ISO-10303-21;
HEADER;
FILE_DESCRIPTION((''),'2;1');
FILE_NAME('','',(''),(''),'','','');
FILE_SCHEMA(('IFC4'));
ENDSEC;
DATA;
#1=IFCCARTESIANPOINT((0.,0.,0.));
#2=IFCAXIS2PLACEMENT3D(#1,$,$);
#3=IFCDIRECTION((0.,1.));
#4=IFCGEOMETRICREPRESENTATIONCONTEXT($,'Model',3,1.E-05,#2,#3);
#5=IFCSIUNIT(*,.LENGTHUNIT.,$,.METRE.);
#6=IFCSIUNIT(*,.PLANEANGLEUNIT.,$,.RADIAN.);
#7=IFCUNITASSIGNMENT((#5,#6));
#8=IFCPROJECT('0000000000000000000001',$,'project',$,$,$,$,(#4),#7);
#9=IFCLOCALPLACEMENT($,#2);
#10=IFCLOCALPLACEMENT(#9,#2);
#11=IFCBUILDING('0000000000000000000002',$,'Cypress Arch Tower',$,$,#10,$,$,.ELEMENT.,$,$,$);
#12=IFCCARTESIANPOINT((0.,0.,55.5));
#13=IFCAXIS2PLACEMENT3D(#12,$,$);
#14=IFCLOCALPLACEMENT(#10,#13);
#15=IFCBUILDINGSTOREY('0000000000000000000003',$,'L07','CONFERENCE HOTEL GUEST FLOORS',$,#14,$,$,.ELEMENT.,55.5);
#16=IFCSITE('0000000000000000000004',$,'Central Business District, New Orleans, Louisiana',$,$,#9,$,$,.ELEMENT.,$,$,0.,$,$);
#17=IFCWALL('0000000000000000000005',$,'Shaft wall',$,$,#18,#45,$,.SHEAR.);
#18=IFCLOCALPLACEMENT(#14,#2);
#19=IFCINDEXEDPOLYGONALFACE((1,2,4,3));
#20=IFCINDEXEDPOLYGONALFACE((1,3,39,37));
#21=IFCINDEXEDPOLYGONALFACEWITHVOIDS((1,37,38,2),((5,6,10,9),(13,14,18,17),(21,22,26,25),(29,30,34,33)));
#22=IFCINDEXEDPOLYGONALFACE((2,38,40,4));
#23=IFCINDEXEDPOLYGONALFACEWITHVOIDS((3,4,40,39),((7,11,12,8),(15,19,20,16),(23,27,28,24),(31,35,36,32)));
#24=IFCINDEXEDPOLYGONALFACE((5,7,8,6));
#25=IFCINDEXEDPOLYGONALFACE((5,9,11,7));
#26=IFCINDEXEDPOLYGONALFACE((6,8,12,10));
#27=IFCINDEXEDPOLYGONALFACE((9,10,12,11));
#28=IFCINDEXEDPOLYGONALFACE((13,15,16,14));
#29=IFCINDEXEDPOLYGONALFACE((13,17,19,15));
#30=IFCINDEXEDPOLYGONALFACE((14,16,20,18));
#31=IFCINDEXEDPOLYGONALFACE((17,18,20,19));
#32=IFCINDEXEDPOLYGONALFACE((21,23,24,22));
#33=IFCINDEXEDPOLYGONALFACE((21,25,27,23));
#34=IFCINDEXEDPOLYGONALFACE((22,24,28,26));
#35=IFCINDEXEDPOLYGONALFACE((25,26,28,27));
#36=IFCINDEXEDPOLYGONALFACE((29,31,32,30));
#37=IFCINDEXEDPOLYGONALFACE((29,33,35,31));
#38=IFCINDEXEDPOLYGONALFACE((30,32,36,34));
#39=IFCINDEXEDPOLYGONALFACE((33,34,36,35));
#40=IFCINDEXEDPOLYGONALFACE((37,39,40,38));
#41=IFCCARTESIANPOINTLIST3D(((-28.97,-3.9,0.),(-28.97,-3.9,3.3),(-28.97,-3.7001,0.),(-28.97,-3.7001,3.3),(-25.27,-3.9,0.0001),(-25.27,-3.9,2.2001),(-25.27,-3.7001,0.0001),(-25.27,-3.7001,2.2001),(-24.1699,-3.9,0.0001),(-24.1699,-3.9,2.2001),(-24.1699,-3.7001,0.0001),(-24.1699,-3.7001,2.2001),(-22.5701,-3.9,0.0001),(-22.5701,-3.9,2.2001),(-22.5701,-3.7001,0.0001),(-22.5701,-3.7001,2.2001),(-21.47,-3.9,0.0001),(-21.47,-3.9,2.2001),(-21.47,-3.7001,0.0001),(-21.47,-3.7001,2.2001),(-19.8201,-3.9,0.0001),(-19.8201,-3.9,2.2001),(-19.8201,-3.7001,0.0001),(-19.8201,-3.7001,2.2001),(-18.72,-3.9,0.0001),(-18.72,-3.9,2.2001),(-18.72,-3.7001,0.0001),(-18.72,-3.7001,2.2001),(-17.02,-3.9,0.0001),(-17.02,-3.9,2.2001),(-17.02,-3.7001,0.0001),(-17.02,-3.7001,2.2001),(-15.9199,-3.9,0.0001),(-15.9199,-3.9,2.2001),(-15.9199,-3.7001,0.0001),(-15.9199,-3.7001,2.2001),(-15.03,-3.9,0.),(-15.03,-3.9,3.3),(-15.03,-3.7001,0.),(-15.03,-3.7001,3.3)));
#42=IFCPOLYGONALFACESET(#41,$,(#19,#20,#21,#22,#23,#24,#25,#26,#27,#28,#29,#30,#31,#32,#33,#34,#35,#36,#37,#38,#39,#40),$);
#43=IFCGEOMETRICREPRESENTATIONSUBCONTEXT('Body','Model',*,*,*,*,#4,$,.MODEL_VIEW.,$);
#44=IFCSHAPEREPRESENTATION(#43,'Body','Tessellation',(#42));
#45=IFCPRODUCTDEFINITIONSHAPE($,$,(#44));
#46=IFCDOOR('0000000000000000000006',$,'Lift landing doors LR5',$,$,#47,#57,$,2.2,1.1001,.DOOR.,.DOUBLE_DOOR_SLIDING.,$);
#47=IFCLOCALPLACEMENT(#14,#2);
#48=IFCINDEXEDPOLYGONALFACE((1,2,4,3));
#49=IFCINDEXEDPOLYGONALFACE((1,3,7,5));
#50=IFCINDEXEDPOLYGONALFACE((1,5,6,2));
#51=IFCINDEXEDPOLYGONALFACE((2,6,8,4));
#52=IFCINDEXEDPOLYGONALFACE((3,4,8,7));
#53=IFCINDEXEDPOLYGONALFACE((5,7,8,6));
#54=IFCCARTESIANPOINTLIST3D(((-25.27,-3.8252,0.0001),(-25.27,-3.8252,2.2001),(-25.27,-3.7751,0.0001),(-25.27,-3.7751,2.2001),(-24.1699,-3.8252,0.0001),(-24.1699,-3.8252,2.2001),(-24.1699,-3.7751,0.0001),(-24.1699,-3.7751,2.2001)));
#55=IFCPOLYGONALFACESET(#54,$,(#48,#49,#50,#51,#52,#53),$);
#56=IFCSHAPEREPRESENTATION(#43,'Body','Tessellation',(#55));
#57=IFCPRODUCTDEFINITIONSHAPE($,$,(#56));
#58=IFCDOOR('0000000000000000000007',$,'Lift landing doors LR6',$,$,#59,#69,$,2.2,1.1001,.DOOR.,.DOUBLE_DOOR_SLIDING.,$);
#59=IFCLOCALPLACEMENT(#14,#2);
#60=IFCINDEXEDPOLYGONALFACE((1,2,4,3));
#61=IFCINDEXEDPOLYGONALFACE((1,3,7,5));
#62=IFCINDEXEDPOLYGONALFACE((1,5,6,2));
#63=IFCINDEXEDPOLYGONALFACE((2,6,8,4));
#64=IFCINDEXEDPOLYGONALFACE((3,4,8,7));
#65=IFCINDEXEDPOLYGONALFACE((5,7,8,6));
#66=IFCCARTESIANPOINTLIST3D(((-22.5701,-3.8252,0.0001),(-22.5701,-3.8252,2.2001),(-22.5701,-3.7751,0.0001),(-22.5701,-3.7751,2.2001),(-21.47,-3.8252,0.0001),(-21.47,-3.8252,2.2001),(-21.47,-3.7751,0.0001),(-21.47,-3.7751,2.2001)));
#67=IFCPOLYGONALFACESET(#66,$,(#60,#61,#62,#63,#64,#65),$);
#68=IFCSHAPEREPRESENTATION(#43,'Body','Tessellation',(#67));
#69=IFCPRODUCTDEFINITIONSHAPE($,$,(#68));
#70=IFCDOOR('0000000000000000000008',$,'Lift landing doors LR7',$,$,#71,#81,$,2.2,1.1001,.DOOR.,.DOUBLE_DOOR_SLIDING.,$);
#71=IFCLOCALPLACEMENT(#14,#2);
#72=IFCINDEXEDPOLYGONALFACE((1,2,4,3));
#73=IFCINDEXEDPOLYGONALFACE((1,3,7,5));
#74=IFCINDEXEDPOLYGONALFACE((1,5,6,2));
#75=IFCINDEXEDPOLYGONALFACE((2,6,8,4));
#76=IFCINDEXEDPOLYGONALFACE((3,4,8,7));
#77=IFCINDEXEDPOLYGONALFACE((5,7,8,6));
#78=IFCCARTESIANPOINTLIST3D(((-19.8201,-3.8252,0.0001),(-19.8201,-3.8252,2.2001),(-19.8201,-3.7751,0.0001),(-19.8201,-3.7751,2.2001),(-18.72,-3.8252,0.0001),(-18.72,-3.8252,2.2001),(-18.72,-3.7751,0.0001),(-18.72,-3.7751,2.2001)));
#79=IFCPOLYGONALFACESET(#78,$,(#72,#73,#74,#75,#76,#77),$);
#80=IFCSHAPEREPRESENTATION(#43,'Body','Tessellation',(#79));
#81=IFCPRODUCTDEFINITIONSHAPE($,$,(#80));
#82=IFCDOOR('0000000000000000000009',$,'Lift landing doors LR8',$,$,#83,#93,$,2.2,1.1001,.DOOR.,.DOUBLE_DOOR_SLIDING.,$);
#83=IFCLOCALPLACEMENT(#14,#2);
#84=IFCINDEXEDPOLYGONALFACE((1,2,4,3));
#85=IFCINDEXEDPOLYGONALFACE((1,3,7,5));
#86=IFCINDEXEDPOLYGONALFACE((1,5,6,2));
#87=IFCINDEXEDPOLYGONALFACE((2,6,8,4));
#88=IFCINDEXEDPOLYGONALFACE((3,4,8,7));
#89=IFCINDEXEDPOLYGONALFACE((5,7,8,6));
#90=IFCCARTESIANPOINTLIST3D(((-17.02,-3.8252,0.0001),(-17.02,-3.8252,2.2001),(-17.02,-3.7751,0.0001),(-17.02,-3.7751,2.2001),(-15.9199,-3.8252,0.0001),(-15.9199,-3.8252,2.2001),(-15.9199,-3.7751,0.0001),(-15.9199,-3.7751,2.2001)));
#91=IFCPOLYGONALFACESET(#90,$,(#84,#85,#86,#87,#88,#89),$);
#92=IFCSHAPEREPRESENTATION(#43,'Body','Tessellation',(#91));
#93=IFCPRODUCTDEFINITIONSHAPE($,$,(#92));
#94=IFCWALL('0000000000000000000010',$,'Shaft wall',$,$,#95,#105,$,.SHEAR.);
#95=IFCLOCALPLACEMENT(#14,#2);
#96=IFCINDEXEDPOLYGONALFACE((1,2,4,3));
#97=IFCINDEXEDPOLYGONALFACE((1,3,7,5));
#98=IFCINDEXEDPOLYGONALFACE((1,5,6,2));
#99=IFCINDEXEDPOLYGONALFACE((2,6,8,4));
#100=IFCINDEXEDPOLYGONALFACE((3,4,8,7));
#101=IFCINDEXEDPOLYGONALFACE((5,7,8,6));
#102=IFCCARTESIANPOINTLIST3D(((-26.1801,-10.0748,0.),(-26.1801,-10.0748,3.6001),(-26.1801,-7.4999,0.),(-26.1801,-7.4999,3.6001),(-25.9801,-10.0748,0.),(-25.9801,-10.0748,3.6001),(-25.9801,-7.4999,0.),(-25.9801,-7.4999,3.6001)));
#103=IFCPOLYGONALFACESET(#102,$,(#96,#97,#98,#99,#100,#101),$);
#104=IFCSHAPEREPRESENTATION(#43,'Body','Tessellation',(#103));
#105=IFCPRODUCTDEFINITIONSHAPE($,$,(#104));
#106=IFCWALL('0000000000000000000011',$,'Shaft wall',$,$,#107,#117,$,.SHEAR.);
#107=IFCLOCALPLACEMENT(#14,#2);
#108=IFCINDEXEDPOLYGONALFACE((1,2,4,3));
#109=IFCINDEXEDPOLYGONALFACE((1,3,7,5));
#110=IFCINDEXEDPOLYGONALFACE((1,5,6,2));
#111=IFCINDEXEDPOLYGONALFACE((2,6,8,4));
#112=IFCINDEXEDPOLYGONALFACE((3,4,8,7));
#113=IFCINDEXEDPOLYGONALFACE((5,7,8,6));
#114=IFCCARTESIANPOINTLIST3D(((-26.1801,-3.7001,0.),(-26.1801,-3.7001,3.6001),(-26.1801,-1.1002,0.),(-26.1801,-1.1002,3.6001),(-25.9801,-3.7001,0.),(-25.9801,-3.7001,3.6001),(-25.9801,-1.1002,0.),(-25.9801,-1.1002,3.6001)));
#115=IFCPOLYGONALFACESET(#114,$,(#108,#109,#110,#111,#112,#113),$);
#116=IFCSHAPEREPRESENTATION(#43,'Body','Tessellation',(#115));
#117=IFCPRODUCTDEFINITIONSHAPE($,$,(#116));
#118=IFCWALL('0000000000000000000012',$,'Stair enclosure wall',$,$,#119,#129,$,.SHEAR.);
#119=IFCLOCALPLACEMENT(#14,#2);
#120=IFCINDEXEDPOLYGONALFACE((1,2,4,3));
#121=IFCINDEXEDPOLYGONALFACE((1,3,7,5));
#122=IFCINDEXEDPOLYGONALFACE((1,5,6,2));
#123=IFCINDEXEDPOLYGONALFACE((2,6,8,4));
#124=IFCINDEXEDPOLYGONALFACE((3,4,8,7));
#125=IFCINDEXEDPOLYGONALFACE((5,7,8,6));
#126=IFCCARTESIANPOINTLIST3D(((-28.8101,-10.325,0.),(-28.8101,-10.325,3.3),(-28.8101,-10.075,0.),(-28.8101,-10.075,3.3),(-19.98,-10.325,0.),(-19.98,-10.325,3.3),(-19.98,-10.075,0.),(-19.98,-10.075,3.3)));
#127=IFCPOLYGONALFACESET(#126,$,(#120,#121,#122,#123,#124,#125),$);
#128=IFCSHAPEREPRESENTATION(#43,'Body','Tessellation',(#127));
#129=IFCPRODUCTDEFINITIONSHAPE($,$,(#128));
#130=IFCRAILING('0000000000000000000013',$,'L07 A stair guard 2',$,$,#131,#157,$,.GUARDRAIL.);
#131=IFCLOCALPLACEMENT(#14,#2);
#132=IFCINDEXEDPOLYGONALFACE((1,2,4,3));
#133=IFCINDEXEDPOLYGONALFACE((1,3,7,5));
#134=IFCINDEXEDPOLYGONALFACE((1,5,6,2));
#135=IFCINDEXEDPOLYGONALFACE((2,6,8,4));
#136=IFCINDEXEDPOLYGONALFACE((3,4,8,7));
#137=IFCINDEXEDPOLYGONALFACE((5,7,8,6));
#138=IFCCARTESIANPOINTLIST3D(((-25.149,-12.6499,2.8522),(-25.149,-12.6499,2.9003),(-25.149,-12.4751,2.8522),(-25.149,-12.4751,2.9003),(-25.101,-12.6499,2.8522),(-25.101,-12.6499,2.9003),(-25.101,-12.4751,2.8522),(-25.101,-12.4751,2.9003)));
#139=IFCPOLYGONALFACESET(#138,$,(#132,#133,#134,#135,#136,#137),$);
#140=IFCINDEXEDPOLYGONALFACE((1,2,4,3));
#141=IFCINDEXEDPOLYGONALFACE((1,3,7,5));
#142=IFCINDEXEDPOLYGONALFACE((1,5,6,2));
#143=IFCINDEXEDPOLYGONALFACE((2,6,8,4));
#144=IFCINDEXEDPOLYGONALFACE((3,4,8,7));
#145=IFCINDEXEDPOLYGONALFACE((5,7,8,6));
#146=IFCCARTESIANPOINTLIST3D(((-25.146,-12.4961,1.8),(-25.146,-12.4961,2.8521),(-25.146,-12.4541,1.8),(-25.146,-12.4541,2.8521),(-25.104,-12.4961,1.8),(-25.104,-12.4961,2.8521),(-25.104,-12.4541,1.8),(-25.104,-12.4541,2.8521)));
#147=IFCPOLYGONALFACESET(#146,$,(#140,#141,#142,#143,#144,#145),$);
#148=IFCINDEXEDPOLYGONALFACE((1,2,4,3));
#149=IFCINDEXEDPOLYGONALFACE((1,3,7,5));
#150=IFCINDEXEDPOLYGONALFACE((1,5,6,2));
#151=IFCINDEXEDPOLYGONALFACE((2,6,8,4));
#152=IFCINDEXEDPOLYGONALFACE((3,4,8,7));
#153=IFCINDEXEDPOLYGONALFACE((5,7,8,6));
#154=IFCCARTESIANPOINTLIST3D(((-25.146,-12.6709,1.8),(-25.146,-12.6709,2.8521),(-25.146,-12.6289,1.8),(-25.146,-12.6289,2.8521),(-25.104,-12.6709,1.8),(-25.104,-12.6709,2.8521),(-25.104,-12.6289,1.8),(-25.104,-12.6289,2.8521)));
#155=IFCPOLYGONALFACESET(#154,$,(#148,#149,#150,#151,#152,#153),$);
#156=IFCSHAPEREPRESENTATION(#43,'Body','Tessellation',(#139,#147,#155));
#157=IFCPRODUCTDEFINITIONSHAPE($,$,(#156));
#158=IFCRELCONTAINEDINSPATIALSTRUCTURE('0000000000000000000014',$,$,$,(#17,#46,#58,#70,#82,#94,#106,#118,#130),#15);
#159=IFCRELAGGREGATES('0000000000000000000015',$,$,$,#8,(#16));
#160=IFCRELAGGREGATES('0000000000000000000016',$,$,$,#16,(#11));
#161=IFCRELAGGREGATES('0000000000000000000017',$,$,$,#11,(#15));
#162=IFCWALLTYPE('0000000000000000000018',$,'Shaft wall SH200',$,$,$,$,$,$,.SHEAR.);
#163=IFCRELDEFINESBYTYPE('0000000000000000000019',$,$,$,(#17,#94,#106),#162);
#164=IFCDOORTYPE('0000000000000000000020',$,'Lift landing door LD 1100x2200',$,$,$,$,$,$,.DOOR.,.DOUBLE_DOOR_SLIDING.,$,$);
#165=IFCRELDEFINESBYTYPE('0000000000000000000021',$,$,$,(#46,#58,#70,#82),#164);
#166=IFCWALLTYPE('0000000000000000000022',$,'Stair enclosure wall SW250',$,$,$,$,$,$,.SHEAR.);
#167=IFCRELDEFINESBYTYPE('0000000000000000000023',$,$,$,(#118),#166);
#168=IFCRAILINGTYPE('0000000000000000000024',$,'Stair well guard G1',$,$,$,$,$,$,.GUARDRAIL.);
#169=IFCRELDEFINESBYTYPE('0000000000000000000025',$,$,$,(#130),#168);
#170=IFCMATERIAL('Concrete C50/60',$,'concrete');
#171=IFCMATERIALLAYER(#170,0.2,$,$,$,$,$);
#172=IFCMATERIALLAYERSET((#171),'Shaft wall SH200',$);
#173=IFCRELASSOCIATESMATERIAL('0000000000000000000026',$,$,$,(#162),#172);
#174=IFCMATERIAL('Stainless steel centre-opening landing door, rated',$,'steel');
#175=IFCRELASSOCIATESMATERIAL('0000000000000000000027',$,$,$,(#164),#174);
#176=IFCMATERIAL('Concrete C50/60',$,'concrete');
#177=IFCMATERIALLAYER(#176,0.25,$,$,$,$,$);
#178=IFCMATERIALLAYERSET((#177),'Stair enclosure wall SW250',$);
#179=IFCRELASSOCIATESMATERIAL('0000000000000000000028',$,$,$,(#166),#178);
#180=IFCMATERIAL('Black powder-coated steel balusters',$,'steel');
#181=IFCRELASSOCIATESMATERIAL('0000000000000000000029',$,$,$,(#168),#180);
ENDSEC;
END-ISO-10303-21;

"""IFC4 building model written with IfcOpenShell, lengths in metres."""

from ifc_helpers import new_model, si_unit, direction, frame, frame_2d, origin, origin_2d, place, context, subcontext, project, spatial, rectangle, extrude, material, layer, layer_set, type_object, element, fill, save


model = new_model("IFC4")

# Units and contexts
model_context = context("Model", 3, precision=1e-05, world=origin(), true_north=direction((0.0, 1.0)))
body_context = subcontext(model_context, "Body", "Model", "MODEL_VIEW")
ifc_project = project(units=[si_unit("LENGTHUNIT", "METRE"), si_unit("PLANEANGLEUNIT", "RADIAN")], contexts=[model_context])

# Site, building, storey
site_placement = place(None, origin())
site = spatial("IfcSite", under=ifc_project, at=site_placement, Name="Central Business District, New Orleans, Louisiana", CompositionType="ELEMENT", RefElevation=0.0)
building_placement = place(site_placement, origin())
building = spatial("IfcBuilding", under=site, at=building_placement, Name="Cypress Arch Tower", CompositionType="ELEMENT")
storey_placement = place(building_placement, frame((0.0, 0.0, 55.5)))
storey = spatial("IfcBuildingStorey", under=building, at=storey_placement, Name="L07", Description="CONFERENCE HOTEL GUEST FLOORS", CompositionType="ELEMENT", Elevation=55.5)

# Wall, openings, doors
ifc_material_1 = material(Name="Concrete C50/60", Category="concrete")
ifc_layer_1 = layer(ifc_material_1, 0.2)
ifc_layer_set_1 = layer_set([ifc_layer_1], Name="Shaft wall SH200")
wall_type_1 = type_object("IfcWallType", Name="Shaft wall SH200", PredefinedType="SHEAR", material=ifc_layer_set_1)
ifc_material_2 = material(Name="Stainless steel centre-opening landing door, rated", Category="steel")
door_type_1 = type_object("IfcDoorType", Name="Lift landing door LD 1100x2200", OperationType="DOUBLE_DOOR_SLIDING", PredefinedType="DOOR", material=ifc_material_2)
wall_1_placement = place(storey_placement, frame((-28.97, -3.8, 0.0), z_axis=(0.0, 0.0, 1.0), x_axis=(1.0, 0.0, 0.0)))
wall_1 = element("IfcWall", 1, at=wall_1_placement, inside=storey, type_object=wall_type_1, Name="Shaft wall", PredefinedType="SHEAR", context=body_context, shape_type="SweptSolid", body=[
    extrude(rectangle(XDim=13.9399, YDim=0.2, at=frame_2d((6.97, 0.0))), origin(), (0.0, 0.0, 1.0), 3.3),
])
opening_1_placement = place(wall_1_placement, frame((3.7, 0.0, 0.0)))
opening_1 = element("IfcOpeningElement", 2, at=opening_1_placement, cuts=wall_1, PredefinedType="OPENING", context=body_context, shape_type="SweptSolid", body=[
    extrude(rectangle(XDim=1.1001, YDim=2.2, at=frame_2d((0.55, 1.1001))), frame((0.0, 0.1099, 0.0), z_axis=(0.0, -1.0, 0.0), x_axis=(1.0, 0.0, 0.0)), (0.0, 0.0, 1.0), 0.22),
])
opening_2_placement = place(wall_1_placement, frame((6.3999, 0.0, 0.0)))
opening_2 = element("IfcOpeningElement", 3, at=opening_2_placement, cuts=wall_1, PredefinedType="OPENING", context=body_context, shape_type="SweptSolid", body=[
    extrude(rectangle(XDim=1.1001, YDim=2.2, at=frame_2d((0.55, 1.1001))), frame((0.0, 0.1099, 0.0), z_axis=(0.0, -1.0, 0.0), x_axis=(1.0, 0.0, 0.0)), (0.0, 0.0, 1.0), 0.22),
])
opening_3_placement = place(wall_1_placement, frame((9.1499, 0.0, 0.0)))
opening_3 = element("IfcOpeningElement", 4, at=opening_3_placement, cuts=wall_1, PredefinedType="OPENING", context=body_context, shape_type="SweptSolid", body=[
    extrude(rectangle(XDim=1.1001, YDim=2.2, at=frame_2d((0.55, 1.1001))), frame((0.0, 0.1099, 0.0), z_axis=(0.0, -1.0, 0.0), x_axis=(1.0, 0.0, 0.0)), (0.0, 0.0, 1.0), 0.22),
])
opening_4_placement = place(wall_1_placement, frame((11.95, 0.0, 0.0)))
opening_4 = element("IfcOpeningElement", 5, at=opening_4_placement, cuts=wall_1, PredefinedType="OPENING", context=body_context, shape_type="SweptSolid", body=[
    extrude(rectangle(XDim=1.1001, YDim=2.2, at=frame_2d((0.55, 1.1001))), frame((0.0, 0.1099, 0.0), z_axis=(0.0, -1.0, 0.0), x_axis=(1.0, 0.0, 0.0)), (0.0, 0.0, 1.0), 0.22),
])
door_1_placement = place(opening_1_placement, origin())
door_1 = element("IfcDoor", 6, at=door_1_placement, inside=storey, type_object=door_type_1, Name="Lift landing doors LR5", OperationType="DOUBLE_DOOR_SLIDING", OverallHeight=2.2, OverallWidth=1.1001, PredefinedType="DOOR", context=body_context, shape_type="SweptSolid", body=[
    extrude(rectangle(XDim=1.1001, YDim=2.2, at=frame_2d((0.55, 1.1001))), frame((0.0, 0.0249, 0.0), z_axis=(0.0, -1.0, 0.0), x_axis=(1.0, 0.0, 0.0)), (0.0, 0.0, 1.0), 0.05),
])
fill(opening_1, door_1)
door_2_placement = place(opening_2_placement, origin())
door_2 = element("IfcDoor", 7, at=door_2_placement, inside=storey, type_object=door_type_1, Name="Lift landing doors LR6", OperationType="DOUBLE_DOOR_SLIDING", OverallHeight=2.2, OverallWidth=1.1001, PredefinedType="DOOR", context=body_context, shape_type="SweptSolid", body=[
    extrude(rectangle(XDim=1.1001, YDim=2.2, at=frame_2d((0.55, 1.1001))), frame((0.0, 0.0249, 0.0), z_axis=(0.0, -1.0, 0.0), x_axis=(1.0, 0.0, 0.0)), (0.0, 0.0, 1.0), 0.05),
])
fill(opening_2, door_2)
door_3_placement = place(opening_3_placement, origin())
door_3 = element("IfcDoor", 8, at=door_3_placement, inside=storey, type_object=door_type_1, Name="Lift landing doors LR7", OperationType="DOUBLE_DOOR_SLIDING", OverallHeight=2.2, OverallWidth=1.1001, PredefinedType="DOOR", context=body_context, shape_type="SweptSolid", body=[
    extrude(rectangle(XDim=1.1001, YDim=2.2, at=frame_2d((0.55, 1.1001))), frame((0.0, 0.0249, 0.0), z_axis=(0.0, -1.0, 0.0), x_axis=(1.0, 0.0, 0.0)), (0.0, 0.0, 1.0), 0.05),
])
fill(opening_3, door_3)
door_4_placement = place(opening_4_placement, origin())
door_4 = element("IfcDoor", 9, at=door_4_placement, inside=storey, type_object=door_type_1, Name="Lift landing doors LR8", OperationType="DOUBLE_DOOR_SLIDING", OverallHeight=2.2, OverallWidth=1.1001, PredefinedType="DOOR", context=body_context, shape_type="SweptSolid", body=[
    extrude(rectangle(XDim=1.1001, YDim=2.2, at=frame_2d((0.55, 1.1001))), frame((0.0, 0.0249, 0.0), z_axis=(0.0, -1.0, 0.0), x_axis=(1.0, 0.0, 0.0)), (0.0, 0.0, 1.0), 0.05),
])
fill(opening_4, door_4)

# Walls
wall_2_placement = place(storey_placement, frame((-26.0801, -10.075, 0.0), z_axis=(0.0, 0.0, 1.0), x_axis=(0.0, 1.0, 0.0)))
element("IfcWall", 10, at=wall_2_placement, inside=storey, type_object=wall_type_1, Name="Shaft wall", PredefinedType="SHEAR", context=body_context, shape_type="SweptSolid", body=[
    extrude(rectangle(XDim=2.575, YDim=0.2, at=frame_2d((1.2876, 0.0))), origin(), (0.0, 0.0, 1.0), 3.6001),
])
wall_3_placement = place(storey_placement, frame((-26.0801, -3.7, 0.0), z_axis=(0.0, 0.0, 1.0), x_axis=(0.0, 1.0, 0.0)))
element("IfcWall", 11, at=wall_3_placement, inside=storey, type_object=wall_type_1, Name="Shaft wall", PredefinedType="SHEAR", context=body_context, shape_type="SweptSolid", body=[
    extrude(rectangle(XDim=2.5999, YDim=0.2, at=frame_2d((1.2998, 0.0))), origin(), (0.0, 0.0, 1.0), 3.6001),
])
ifc_material_3 = material(Name="Concrete C50/60", Category="concrete")
ifc_layer_2 = layer(ifc_material_3, 0.25)
ifc_layer_set_2 = layer_set([ifc_layer_2], Name="Stair enclosure wall SW250")
wall_type_2 = type_object("IfcWallType", Name="Stair enclosure wall SW250", PredefinedType="SHEAR", material=ifc_layer_set_2)
wall_4_placement = place(storey_placement, frame((-28.8101, -10.2, 0.0), z_axis=(0.0, 0.0, 1.0), x_axis=(1.0, 0.0, 0.0)))
element("IfcWall", 12, at=wall_4_placement, inside=storey, type_object=wall_type_2, Name="Stair enclosure wall", PredefinedType="SHEAR", context=body_context, shape_type="SweptSolid", body=[
    extrude(rectangle(XDim=8.8301, YDim=0.25, at=frame_2d((4.415, 0.0))), origin(), (0.0, 0.0, 1.0), 3.3),
])

# Railing
ifc_material_4 = material(Name="Black powder-coated steel balusters", Category="steel")
railing_type = type_object("IfcRailingType", Name="Stair well guard G1", PredefinedType="GUARDRAIL", material=ifc_material_4)
railing_placement = place(storey_placement, frame((-25.125, -12.4751, 1.8)))
element("IfcRailing", 13, at=railing_placement, inside=storey, type_object=railing_type, Name="L07 A stair guard 2", PredefinedType="GUARDRAIL", context=body_context, shape_type="SweptSolid", body=[
    extrude(rectangle(XDim=0.0481, YDim=0.0481, at=origin_2d()), frame((0.0, 0.0, 1.0762), z_axis=(0.0, -1.0, 0.0), x_axis=(1.0, 0.0, 0.0)), (0.0, 0.0, 1.0), 0.1748),
    extrude(rectangle(XDim=0.042, YDim=0.042, at=origin_2d()), origin(), (0.0, 0.0, 1.0), 1.052),
    extrude(rectangle(XDim=0.042, YDim=0.042, at=origin_2d()), frame((0.0, -0.1748, 0.0)), (0.0, 0.0, 1.0), 1.052),
])

save(model, "model.ifc")
